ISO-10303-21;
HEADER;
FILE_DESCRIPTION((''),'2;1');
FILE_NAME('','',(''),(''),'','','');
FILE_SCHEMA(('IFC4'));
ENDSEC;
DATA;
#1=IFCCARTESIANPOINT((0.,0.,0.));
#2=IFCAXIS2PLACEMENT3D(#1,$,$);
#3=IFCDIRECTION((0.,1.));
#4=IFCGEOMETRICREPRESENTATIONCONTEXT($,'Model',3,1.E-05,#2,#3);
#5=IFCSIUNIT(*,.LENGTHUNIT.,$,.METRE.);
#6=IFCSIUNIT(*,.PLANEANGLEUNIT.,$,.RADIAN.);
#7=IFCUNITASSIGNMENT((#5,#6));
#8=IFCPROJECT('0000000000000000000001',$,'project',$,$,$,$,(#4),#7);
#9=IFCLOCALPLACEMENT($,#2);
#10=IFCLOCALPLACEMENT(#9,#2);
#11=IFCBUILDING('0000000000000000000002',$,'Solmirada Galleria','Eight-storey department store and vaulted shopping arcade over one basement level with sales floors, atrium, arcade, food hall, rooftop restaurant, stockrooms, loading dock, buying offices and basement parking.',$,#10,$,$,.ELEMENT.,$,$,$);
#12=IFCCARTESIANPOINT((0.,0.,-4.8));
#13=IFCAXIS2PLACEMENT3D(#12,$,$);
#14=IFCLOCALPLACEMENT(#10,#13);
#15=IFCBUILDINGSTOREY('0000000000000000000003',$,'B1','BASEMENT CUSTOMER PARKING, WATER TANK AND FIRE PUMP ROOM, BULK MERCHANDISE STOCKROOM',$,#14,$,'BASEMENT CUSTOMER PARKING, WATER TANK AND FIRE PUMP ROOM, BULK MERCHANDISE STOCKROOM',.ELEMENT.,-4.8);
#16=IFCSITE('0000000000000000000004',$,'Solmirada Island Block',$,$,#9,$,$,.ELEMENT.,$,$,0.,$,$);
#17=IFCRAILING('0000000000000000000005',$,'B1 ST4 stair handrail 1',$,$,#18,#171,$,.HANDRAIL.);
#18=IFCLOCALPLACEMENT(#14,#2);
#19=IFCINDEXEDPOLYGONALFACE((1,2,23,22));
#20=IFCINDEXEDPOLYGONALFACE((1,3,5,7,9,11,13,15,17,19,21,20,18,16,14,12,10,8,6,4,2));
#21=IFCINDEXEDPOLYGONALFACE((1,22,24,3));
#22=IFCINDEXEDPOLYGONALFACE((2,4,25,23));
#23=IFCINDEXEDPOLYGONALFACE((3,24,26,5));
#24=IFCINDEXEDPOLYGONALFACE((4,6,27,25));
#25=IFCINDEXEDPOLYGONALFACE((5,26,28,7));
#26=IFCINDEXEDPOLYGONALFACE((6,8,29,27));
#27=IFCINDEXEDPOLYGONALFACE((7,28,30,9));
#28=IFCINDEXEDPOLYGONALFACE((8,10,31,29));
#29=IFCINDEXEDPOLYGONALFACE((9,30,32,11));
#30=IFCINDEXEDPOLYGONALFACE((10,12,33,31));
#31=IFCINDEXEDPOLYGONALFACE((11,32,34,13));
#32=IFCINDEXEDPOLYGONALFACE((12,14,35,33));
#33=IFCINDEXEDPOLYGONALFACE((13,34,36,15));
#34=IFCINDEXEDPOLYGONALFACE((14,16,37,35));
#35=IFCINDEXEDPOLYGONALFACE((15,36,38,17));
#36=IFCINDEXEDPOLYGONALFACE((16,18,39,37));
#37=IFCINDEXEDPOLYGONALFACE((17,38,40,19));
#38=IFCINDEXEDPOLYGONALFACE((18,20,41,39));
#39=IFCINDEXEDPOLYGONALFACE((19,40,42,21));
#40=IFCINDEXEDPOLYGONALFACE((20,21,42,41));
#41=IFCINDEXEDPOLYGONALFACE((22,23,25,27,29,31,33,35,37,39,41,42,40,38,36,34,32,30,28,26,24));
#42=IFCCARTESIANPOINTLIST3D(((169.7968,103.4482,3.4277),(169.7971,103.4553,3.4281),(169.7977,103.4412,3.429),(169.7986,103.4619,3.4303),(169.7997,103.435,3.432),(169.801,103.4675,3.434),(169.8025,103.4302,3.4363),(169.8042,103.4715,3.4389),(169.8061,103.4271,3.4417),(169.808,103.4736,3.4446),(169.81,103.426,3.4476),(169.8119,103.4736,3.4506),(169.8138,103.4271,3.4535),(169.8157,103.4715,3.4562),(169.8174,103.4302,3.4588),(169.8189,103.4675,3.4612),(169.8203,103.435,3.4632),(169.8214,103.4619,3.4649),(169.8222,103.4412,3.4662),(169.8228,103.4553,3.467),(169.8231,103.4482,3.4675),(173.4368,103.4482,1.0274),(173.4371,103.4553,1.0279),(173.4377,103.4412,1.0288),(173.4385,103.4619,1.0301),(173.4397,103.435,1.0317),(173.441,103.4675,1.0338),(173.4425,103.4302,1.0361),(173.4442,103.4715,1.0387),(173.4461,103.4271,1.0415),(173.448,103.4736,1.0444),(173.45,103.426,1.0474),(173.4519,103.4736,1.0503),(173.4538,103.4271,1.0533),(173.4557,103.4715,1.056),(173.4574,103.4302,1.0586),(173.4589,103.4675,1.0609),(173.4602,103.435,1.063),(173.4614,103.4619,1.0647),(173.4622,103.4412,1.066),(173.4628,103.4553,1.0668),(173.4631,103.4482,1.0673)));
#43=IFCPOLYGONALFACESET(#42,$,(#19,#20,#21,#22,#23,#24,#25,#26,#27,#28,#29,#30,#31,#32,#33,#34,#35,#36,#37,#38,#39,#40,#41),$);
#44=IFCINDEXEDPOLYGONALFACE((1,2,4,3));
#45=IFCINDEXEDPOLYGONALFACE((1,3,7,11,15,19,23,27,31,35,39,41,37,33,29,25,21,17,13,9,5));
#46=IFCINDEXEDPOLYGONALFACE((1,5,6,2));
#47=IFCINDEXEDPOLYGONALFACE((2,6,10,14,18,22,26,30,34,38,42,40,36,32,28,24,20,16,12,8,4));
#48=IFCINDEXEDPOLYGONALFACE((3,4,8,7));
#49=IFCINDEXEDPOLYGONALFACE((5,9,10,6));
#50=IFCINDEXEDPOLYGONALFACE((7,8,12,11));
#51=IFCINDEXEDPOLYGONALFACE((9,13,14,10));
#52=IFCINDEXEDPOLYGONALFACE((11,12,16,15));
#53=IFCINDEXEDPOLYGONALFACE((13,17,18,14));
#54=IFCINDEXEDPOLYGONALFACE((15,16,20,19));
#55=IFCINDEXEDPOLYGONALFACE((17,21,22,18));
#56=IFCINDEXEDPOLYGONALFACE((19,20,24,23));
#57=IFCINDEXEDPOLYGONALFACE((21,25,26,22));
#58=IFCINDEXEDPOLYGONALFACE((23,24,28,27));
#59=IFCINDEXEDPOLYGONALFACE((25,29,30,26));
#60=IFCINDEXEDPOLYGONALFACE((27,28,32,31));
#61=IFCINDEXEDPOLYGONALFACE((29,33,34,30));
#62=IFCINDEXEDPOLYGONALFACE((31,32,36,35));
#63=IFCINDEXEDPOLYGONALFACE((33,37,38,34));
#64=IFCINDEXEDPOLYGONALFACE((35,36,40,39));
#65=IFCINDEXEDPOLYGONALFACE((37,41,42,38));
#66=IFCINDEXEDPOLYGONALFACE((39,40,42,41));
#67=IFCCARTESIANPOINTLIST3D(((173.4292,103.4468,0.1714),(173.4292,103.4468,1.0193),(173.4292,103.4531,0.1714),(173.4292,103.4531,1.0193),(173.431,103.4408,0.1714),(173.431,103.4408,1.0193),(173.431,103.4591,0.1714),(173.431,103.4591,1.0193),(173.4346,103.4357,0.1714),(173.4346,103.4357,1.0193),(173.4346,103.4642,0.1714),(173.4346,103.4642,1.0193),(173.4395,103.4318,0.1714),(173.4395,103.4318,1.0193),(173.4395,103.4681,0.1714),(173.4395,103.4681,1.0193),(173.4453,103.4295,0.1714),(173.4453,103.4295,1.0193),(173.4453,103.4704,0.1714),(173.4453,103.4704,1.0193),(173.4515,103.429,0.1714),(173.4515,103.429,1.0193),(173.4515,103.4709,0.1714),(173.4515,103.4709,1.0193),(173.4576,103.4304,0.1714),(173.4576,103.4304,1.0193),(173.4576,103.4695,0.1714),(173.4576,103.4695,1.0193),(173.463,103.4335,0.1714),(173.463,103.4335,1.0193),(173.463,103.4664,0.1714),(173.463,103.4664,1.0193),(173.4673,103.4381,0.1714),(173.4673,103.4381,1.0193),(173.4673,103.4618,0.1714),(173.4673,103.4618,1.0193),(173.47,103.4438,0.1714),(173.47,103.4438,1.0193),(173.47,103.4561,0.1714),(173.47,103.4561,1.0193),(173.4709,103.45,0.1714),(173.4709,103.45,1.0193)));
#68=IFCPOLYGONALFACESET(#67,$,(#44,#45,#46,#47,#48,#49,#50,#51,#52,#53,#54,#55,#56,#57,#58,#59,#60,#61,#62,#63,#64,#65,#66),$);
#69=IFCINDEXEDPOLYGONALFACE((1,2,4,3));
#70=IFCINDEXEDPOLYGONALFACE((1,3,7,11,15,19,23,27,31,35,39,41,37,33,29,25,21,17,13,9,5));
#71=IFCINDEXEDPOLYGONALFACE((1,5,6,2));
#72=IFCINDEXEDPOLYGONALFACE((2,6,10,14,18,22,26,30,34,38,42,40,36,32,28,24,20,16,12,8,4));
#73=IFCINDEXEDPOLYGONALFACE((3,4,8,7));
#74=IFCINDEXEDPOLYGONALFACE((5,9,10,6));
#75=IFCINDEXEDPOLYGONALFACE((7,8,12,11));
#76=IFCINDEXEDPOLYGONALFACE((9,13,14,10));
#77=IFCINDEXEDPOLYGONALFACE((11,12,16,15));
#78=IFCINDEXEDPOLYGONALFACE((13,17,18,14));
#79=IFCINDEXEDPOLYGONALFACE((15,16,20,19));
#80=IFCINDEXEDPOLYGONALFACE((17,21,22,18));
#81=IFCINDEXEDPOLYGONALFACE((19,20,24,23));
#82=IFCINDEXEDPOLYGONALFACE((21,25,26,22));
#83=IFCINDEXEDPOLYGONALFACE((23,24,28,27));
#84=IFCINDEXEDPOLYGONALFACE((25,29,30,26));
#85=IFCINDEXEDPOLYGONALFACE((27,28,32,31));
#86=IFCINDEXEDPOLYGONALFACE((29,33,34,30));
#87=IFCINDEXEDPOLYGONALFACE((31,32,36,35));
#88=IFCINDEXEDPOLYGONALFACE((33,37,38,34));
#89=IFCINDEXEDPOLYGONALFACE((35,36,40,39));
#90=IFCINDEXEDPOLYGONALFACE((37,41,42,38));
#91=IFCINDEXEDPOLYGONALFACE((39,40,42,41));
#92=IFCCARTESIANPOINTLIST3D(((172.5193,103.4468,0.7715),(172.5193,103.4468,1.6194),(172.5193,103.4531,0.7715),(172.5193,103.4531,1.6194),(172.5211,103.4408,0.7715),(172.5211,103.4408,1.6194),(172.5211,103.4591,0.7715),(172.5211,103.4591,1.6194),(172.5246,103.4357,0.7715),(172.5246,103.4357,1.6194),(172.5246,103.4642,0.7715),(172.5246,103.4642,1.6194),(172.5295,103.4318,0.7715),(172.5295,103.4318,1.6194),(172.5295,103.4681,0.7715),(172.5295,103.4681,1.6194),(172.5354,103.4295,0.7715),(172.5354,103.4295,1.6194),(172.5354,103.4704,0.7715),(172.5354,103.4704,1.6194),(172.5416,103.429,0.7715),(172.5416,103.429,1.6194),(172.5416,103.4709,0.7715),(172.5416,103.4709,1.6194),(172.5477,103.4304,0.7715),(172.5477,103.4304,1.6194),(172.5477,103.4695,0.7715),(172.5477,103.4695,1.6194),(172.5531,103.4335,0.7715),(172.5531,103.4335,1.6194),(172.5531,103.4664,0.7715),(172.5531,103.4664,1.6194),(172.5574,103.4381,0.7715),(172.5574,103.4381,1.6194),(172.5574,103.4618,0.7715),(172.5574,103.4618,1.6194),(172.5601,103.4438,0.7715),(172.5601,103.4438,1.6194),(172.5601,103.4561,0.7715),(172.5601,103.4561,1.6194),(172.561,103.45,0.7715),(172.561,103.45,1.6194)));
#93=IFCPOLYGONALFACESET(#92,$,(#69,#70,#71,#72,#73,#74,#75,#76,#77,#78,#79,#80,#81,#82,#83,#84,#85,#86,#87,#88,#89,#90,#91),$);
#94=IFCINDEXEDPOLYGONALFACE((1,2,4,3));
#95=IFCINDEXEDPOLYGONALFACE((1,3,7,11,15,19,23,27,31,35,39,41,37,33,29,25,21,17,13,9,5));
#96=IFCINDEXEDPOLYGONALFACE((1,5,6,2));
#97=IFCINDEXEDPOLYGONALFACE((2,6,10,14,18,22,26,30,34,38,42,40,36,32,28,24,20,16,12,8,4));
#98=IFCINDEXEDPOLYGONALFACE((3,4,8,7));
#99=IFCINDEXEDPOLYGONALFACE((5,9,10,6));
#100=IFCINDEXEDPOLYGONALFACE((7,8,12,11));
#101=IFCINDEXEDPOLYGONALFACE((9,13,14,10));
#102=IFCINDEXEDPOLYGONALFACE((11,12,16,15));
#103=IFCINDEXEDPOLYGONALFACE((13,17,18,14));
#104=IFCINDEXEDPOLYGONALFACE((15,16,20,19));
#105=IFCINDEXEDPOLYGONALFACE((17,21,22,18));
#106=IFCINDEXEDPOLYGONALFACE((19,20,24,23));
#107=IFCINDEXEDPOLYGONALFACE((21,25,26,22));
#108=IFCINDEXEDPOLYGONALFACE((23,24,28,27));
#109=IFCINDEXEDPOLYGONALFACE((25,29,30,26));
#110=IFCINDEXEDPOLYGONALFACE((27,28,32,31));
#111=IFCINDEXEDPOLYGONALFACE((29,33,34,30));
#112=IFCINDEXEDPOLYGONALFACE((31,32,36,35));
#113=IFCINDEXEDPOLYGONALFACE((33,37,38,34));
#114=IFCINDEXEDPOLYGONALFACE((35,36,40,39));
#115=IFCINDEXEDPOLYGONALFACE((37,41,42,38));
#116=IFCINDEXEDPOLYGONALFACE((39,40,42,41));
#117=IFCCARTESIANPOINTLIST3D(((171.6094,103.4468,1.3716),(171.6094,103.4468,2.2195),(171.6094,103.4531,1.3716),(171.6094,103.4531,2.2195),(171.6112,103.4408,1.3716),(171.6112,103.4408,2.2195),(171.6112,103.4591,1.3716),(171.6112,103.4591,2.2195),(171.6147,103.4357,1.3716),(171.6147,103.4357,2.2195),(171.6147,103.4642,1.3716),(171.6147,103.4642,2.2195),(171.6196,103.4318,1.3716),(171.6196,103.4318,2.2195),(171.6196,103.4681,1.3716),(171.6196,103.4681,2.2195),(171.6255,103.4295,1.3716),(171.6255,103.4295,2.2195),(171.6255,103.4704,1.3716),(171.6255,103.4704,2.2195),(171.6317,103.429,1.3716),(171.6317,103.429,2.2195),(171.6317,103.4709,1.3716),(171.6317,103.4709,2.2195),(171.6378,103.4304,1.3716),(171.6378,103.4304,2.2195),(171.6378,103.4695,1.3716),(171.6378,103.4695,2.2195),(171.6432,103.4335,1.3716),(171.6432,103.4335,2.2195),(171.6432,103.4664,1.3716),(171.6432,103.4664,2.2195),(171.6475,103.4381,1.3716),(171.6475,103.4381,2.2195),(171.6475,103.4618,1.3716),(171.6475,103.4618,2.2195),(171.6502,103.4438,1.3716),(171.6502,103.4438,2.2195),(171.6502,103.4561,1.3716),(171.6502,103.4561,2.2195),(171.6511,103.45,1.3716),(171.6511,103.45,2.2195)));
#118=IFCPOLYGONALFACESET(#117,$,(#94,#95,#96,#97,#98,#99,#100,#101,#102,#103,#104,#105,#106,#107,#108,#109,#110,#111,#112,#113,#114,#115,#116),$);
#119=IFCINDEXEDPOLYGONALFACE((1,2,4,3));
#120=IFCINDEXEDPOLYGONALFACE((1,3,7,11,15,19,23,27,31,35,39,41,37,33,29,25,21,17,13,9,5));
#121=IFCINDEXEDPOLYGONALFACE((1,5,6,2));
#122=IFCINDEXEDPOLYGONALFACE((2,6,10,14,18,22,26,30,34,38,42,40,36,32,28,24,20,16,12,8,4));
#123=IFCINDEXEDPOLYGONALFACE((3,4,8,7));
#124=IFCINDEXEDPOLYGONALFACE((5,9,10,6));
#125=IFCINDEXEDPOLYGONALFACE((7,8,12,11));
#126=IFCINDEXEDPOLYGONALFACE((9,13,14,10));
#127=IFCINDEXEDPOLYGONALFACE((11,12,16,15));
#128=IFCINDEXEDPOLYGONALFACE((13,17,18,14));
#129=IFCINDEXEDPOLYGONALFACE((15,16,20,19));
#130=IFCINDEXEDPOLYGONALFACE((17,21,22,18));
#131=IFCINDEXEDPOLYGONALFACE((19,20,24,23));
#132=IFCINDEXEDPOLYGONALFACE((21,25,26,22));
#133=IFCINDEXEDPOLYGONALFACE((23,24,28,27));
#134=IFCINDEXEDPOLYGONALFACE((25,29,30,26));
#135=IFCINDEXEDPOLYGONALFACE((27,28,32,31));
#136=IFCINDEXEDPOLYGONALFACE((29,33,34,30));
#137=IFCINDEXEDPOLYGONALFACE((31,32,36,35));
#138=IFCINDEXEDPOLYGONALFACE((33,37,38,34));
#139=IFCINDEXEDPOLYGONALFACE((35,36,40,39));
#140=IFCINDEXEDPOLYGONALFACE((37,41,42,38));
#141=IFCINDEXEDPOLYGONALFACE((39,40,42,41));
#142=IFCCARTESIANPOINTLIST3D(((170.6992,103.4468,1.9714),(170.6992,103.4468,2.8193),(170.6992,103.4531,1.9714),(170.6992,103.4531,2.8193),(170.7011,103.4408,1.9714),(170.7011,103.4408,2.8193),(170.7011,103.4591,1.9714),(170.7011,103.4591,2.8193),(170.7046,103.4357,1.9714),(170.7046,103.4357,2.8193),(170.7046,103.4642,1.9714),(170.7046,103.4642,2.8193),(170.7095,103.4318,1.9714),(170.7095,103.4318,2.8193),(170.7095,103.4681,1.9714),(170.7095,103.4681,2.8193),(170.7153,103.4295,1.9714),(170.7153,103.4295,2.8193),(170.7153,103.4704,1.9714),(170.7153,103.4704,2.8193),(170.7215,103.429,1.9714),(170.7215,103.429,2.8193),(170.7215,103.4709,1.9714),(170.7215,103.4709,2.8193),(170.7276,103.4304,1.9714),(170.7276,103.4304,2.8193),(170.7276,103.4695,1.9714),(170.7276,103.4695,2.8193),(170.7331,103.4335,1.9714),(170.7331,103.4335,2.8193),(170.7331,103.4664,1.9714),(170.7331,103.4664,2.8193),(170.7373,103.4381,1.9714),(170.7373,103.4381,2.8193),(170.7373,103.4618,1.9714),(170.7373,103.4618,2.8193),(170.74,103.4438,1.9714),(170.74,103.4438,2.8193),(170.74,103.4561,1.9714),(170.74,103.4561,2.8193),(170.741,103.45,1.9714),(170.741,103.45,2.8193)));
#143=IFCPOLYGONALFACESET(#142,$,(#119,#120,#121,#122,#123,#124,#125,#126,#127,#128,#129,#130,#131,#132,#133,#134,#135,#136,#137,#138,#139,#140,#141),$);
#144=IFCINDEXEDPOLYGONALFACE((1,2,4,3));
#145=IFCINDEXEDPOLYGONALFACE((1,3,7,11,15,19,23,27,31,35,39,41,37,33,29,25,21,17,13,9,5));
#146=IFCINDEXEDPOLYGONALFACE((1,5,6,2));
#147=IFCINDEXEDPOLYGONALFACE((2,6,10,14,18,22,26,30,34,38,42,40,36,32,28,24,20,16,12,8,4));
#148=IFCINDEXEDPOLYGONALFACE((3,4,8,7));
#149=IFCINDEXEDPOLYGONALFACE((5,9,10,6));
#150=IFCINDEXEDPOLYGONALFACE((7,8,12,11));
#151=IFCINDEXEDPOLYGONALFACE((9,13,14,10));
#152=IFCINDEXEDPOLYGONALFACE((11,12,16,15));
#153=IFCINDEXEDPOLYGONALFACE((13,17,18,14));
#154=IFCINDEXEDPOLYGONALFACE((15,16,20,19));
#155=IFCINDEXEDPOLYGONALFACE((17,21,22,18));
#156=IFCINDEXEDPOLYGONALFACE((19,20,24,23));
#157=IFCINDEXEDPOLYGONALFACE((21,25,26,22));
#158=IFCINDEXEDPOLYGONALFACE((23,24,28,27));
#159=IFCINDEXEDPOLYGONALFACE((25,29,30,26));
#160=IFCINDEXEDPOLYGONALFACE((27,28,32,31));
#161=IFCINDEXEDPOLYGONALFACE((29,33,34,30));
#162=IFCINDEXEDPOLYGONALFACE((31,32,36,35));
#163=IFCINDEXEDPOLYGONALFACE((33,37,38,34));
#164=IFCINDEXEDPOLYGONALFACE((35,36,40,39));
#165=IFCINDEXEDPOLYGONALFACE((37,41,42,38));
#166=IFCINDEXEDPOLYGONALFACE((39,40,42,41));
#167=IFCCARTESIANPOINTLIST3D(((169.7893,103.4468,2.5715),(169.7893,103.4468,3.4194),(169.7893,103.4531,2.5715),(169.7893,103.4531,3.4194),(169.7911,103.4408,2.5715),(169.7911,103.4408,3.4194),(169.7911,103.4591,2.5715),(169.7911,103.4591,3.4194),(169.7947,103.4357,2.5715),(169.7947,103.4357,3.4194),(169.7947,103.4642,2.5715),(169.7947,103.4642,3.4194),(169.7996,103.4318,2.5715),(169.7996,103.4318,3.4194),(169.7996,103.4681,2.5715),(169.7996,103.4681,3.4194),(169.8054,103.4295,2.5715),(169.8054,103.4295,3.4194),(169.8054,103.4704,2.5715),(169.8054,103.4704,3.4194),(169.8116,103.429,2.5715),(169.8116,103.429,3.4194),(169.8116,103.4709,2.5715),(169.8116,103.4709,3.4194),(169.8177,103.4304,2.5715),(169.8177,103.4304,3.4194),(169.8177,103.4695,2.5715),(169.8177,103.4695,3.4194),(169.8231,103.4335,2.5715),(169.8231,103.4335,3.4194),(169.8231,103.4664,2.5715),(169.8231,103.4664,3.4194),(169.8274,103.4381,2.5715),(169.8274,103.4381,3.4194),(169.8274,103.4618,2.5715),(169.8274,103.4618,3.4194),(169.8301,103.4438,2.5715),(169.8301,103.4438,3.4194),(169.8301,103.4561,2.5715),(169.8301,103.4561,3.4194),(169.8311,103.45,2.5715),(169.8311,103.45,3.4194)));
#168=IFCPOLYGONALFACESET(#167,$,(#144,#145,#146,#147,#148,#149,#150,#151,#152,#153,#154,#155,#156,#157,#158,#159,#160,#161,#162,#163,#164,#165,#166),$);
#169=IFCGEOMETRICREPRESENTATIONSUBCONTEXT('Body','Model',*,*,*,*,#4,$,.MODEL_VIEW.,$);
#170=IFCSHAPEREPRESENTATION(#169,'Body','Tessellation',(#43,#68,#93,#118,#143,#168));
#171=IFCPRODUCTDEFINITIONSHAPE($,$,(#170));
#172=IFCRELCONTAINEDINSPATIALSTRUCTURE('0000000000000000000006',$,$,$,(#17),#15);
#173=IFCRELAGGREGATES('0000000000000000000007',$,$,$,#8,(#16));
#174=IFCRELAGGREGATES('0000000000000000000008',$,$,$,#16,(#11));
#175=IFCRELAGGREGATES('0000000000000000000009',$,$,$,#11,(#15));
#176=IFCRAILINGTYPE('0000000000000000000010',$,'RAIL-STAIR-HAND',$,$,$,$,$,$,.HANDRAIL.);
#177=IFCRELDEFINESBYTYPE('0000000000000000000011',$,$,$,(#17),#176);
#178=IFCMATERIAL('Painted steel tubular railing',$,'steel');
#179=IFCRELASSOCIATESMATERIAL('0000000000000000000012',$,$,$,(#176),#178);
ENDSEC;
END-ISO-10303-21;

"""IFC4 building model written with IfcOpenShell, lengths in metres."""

from ifc_helpers import new_model, si_unit, direction, frame, origin, origin_2d, place, context, subcontext, project, spatial, circle, extrude, material, type_object, element, save


model = new_model("IFC4")

# Units and contexts
model_context = context("Model", 3, precision=1e-05, world=origin(), true_north=direction((0.0, 1.0)))
body_context = subcontext(model_context, "Body", "Model", "MODEL_VIEW")
ifc_project = project(units=[si_unit("LENGTHUNIT", "METRE"), si_unit("PLANEANGLEUNIT", "RADIAN")], contexts=[model_context])

# Site, building, storey
site_placement = place(None, origin())
site = spatial("IfcSite", under=ifc_project, at=site_placement, Name="Solmirada Island Block", CompositionType="ELEMENT", RefElevation=0.0)
building_placement = place(site_placement, origin())
building = spatial("IfcBuilding", under=site, at=building_placement, Name="Solmirada Galleria", Description="Eight-storey department store and vaulted shopping arcade over one basement level with sales floors, atrium, arcade, food hall, rooftop restaurant, stockrooms, loading dock, buying offices and basement parking.", CompositionType="ELEMENT")
storey_placement = place(building_placement, frame((0.0, 0.0, -4.8)))
storey = spatial("IfcBuildingStorey", under=building, at=storey_placement, Name="B1", Description="BASEMENT CUSTOMER PARKING, WATER TANK AND FIRE PUMP ROOM, BULK MERCHANDISE STOCKROOM", LongName="BASEMENT CUSTOMER PARKING, WATER TANK AND FIRE PUMP ROOM, BULK MERCHANDISE STOCKROOM", CompositionType="ELEMENT", Elevation=-4.8)

# Railing
ifc_material_1 = material(Name="Painted steel tubular railing", Category="steel")
railing_type_1 = type_object("IfcRailingType", Name="RAIL-STAIR-HAND", PredefinedType="HANDRAIL", material=ifc_material_1)
railing_1_placement = place(storey_placement, frame((173.45, 103.45, 0.1714)))
element("IfcRailing", 1, at=railing_1_placement, inside=storey, type_object=railing_type_1, Name="B1 ST4 stair handrail 1", PredefinedType="HANDRAIL", context=body_context, shape_type="SweptSolid", body=[
    extrude(circle(Radius=0.0239, at=origin_2d()), frame((0.0, 0.0, 0.876), z_axis=(-0.834839, 0.0, 0.550493), x_axis=(0.0, -1.0, 0.0)), (0.0, 0.0, 1.0), 4.3601),
    extrude(circle(Radius=0.021, at=origin_2d()), origin(), (0.0, 0.0, 1.0), 0.8479),
    extrude(circle(Radius=0.021, at=origin_2d()), frame((-0.9099, 0.0, 0.6001)), (0.0, 0.0, 1.0), 0.8479),
    extrude(circle(Radius=0.021, at=origin_2d()), frame((-1.8198, 0.0, 1.2002)), (0.0, 0.0, 1.0), 0.8479),
    extrude(circle(Radius=0.021, at=origin_2d()), frame((-2.73, 0.0, 1.8)), (0.0, 0.0, 1.0), 0.8479),
    extrude(circle(Radius=0.021, at=origin_2d()), frame((-3.6399, 0.0, 2.4001)), (0.0, 0.0, 1.0), 0.8479),
])

save(model, "model.ifc")
